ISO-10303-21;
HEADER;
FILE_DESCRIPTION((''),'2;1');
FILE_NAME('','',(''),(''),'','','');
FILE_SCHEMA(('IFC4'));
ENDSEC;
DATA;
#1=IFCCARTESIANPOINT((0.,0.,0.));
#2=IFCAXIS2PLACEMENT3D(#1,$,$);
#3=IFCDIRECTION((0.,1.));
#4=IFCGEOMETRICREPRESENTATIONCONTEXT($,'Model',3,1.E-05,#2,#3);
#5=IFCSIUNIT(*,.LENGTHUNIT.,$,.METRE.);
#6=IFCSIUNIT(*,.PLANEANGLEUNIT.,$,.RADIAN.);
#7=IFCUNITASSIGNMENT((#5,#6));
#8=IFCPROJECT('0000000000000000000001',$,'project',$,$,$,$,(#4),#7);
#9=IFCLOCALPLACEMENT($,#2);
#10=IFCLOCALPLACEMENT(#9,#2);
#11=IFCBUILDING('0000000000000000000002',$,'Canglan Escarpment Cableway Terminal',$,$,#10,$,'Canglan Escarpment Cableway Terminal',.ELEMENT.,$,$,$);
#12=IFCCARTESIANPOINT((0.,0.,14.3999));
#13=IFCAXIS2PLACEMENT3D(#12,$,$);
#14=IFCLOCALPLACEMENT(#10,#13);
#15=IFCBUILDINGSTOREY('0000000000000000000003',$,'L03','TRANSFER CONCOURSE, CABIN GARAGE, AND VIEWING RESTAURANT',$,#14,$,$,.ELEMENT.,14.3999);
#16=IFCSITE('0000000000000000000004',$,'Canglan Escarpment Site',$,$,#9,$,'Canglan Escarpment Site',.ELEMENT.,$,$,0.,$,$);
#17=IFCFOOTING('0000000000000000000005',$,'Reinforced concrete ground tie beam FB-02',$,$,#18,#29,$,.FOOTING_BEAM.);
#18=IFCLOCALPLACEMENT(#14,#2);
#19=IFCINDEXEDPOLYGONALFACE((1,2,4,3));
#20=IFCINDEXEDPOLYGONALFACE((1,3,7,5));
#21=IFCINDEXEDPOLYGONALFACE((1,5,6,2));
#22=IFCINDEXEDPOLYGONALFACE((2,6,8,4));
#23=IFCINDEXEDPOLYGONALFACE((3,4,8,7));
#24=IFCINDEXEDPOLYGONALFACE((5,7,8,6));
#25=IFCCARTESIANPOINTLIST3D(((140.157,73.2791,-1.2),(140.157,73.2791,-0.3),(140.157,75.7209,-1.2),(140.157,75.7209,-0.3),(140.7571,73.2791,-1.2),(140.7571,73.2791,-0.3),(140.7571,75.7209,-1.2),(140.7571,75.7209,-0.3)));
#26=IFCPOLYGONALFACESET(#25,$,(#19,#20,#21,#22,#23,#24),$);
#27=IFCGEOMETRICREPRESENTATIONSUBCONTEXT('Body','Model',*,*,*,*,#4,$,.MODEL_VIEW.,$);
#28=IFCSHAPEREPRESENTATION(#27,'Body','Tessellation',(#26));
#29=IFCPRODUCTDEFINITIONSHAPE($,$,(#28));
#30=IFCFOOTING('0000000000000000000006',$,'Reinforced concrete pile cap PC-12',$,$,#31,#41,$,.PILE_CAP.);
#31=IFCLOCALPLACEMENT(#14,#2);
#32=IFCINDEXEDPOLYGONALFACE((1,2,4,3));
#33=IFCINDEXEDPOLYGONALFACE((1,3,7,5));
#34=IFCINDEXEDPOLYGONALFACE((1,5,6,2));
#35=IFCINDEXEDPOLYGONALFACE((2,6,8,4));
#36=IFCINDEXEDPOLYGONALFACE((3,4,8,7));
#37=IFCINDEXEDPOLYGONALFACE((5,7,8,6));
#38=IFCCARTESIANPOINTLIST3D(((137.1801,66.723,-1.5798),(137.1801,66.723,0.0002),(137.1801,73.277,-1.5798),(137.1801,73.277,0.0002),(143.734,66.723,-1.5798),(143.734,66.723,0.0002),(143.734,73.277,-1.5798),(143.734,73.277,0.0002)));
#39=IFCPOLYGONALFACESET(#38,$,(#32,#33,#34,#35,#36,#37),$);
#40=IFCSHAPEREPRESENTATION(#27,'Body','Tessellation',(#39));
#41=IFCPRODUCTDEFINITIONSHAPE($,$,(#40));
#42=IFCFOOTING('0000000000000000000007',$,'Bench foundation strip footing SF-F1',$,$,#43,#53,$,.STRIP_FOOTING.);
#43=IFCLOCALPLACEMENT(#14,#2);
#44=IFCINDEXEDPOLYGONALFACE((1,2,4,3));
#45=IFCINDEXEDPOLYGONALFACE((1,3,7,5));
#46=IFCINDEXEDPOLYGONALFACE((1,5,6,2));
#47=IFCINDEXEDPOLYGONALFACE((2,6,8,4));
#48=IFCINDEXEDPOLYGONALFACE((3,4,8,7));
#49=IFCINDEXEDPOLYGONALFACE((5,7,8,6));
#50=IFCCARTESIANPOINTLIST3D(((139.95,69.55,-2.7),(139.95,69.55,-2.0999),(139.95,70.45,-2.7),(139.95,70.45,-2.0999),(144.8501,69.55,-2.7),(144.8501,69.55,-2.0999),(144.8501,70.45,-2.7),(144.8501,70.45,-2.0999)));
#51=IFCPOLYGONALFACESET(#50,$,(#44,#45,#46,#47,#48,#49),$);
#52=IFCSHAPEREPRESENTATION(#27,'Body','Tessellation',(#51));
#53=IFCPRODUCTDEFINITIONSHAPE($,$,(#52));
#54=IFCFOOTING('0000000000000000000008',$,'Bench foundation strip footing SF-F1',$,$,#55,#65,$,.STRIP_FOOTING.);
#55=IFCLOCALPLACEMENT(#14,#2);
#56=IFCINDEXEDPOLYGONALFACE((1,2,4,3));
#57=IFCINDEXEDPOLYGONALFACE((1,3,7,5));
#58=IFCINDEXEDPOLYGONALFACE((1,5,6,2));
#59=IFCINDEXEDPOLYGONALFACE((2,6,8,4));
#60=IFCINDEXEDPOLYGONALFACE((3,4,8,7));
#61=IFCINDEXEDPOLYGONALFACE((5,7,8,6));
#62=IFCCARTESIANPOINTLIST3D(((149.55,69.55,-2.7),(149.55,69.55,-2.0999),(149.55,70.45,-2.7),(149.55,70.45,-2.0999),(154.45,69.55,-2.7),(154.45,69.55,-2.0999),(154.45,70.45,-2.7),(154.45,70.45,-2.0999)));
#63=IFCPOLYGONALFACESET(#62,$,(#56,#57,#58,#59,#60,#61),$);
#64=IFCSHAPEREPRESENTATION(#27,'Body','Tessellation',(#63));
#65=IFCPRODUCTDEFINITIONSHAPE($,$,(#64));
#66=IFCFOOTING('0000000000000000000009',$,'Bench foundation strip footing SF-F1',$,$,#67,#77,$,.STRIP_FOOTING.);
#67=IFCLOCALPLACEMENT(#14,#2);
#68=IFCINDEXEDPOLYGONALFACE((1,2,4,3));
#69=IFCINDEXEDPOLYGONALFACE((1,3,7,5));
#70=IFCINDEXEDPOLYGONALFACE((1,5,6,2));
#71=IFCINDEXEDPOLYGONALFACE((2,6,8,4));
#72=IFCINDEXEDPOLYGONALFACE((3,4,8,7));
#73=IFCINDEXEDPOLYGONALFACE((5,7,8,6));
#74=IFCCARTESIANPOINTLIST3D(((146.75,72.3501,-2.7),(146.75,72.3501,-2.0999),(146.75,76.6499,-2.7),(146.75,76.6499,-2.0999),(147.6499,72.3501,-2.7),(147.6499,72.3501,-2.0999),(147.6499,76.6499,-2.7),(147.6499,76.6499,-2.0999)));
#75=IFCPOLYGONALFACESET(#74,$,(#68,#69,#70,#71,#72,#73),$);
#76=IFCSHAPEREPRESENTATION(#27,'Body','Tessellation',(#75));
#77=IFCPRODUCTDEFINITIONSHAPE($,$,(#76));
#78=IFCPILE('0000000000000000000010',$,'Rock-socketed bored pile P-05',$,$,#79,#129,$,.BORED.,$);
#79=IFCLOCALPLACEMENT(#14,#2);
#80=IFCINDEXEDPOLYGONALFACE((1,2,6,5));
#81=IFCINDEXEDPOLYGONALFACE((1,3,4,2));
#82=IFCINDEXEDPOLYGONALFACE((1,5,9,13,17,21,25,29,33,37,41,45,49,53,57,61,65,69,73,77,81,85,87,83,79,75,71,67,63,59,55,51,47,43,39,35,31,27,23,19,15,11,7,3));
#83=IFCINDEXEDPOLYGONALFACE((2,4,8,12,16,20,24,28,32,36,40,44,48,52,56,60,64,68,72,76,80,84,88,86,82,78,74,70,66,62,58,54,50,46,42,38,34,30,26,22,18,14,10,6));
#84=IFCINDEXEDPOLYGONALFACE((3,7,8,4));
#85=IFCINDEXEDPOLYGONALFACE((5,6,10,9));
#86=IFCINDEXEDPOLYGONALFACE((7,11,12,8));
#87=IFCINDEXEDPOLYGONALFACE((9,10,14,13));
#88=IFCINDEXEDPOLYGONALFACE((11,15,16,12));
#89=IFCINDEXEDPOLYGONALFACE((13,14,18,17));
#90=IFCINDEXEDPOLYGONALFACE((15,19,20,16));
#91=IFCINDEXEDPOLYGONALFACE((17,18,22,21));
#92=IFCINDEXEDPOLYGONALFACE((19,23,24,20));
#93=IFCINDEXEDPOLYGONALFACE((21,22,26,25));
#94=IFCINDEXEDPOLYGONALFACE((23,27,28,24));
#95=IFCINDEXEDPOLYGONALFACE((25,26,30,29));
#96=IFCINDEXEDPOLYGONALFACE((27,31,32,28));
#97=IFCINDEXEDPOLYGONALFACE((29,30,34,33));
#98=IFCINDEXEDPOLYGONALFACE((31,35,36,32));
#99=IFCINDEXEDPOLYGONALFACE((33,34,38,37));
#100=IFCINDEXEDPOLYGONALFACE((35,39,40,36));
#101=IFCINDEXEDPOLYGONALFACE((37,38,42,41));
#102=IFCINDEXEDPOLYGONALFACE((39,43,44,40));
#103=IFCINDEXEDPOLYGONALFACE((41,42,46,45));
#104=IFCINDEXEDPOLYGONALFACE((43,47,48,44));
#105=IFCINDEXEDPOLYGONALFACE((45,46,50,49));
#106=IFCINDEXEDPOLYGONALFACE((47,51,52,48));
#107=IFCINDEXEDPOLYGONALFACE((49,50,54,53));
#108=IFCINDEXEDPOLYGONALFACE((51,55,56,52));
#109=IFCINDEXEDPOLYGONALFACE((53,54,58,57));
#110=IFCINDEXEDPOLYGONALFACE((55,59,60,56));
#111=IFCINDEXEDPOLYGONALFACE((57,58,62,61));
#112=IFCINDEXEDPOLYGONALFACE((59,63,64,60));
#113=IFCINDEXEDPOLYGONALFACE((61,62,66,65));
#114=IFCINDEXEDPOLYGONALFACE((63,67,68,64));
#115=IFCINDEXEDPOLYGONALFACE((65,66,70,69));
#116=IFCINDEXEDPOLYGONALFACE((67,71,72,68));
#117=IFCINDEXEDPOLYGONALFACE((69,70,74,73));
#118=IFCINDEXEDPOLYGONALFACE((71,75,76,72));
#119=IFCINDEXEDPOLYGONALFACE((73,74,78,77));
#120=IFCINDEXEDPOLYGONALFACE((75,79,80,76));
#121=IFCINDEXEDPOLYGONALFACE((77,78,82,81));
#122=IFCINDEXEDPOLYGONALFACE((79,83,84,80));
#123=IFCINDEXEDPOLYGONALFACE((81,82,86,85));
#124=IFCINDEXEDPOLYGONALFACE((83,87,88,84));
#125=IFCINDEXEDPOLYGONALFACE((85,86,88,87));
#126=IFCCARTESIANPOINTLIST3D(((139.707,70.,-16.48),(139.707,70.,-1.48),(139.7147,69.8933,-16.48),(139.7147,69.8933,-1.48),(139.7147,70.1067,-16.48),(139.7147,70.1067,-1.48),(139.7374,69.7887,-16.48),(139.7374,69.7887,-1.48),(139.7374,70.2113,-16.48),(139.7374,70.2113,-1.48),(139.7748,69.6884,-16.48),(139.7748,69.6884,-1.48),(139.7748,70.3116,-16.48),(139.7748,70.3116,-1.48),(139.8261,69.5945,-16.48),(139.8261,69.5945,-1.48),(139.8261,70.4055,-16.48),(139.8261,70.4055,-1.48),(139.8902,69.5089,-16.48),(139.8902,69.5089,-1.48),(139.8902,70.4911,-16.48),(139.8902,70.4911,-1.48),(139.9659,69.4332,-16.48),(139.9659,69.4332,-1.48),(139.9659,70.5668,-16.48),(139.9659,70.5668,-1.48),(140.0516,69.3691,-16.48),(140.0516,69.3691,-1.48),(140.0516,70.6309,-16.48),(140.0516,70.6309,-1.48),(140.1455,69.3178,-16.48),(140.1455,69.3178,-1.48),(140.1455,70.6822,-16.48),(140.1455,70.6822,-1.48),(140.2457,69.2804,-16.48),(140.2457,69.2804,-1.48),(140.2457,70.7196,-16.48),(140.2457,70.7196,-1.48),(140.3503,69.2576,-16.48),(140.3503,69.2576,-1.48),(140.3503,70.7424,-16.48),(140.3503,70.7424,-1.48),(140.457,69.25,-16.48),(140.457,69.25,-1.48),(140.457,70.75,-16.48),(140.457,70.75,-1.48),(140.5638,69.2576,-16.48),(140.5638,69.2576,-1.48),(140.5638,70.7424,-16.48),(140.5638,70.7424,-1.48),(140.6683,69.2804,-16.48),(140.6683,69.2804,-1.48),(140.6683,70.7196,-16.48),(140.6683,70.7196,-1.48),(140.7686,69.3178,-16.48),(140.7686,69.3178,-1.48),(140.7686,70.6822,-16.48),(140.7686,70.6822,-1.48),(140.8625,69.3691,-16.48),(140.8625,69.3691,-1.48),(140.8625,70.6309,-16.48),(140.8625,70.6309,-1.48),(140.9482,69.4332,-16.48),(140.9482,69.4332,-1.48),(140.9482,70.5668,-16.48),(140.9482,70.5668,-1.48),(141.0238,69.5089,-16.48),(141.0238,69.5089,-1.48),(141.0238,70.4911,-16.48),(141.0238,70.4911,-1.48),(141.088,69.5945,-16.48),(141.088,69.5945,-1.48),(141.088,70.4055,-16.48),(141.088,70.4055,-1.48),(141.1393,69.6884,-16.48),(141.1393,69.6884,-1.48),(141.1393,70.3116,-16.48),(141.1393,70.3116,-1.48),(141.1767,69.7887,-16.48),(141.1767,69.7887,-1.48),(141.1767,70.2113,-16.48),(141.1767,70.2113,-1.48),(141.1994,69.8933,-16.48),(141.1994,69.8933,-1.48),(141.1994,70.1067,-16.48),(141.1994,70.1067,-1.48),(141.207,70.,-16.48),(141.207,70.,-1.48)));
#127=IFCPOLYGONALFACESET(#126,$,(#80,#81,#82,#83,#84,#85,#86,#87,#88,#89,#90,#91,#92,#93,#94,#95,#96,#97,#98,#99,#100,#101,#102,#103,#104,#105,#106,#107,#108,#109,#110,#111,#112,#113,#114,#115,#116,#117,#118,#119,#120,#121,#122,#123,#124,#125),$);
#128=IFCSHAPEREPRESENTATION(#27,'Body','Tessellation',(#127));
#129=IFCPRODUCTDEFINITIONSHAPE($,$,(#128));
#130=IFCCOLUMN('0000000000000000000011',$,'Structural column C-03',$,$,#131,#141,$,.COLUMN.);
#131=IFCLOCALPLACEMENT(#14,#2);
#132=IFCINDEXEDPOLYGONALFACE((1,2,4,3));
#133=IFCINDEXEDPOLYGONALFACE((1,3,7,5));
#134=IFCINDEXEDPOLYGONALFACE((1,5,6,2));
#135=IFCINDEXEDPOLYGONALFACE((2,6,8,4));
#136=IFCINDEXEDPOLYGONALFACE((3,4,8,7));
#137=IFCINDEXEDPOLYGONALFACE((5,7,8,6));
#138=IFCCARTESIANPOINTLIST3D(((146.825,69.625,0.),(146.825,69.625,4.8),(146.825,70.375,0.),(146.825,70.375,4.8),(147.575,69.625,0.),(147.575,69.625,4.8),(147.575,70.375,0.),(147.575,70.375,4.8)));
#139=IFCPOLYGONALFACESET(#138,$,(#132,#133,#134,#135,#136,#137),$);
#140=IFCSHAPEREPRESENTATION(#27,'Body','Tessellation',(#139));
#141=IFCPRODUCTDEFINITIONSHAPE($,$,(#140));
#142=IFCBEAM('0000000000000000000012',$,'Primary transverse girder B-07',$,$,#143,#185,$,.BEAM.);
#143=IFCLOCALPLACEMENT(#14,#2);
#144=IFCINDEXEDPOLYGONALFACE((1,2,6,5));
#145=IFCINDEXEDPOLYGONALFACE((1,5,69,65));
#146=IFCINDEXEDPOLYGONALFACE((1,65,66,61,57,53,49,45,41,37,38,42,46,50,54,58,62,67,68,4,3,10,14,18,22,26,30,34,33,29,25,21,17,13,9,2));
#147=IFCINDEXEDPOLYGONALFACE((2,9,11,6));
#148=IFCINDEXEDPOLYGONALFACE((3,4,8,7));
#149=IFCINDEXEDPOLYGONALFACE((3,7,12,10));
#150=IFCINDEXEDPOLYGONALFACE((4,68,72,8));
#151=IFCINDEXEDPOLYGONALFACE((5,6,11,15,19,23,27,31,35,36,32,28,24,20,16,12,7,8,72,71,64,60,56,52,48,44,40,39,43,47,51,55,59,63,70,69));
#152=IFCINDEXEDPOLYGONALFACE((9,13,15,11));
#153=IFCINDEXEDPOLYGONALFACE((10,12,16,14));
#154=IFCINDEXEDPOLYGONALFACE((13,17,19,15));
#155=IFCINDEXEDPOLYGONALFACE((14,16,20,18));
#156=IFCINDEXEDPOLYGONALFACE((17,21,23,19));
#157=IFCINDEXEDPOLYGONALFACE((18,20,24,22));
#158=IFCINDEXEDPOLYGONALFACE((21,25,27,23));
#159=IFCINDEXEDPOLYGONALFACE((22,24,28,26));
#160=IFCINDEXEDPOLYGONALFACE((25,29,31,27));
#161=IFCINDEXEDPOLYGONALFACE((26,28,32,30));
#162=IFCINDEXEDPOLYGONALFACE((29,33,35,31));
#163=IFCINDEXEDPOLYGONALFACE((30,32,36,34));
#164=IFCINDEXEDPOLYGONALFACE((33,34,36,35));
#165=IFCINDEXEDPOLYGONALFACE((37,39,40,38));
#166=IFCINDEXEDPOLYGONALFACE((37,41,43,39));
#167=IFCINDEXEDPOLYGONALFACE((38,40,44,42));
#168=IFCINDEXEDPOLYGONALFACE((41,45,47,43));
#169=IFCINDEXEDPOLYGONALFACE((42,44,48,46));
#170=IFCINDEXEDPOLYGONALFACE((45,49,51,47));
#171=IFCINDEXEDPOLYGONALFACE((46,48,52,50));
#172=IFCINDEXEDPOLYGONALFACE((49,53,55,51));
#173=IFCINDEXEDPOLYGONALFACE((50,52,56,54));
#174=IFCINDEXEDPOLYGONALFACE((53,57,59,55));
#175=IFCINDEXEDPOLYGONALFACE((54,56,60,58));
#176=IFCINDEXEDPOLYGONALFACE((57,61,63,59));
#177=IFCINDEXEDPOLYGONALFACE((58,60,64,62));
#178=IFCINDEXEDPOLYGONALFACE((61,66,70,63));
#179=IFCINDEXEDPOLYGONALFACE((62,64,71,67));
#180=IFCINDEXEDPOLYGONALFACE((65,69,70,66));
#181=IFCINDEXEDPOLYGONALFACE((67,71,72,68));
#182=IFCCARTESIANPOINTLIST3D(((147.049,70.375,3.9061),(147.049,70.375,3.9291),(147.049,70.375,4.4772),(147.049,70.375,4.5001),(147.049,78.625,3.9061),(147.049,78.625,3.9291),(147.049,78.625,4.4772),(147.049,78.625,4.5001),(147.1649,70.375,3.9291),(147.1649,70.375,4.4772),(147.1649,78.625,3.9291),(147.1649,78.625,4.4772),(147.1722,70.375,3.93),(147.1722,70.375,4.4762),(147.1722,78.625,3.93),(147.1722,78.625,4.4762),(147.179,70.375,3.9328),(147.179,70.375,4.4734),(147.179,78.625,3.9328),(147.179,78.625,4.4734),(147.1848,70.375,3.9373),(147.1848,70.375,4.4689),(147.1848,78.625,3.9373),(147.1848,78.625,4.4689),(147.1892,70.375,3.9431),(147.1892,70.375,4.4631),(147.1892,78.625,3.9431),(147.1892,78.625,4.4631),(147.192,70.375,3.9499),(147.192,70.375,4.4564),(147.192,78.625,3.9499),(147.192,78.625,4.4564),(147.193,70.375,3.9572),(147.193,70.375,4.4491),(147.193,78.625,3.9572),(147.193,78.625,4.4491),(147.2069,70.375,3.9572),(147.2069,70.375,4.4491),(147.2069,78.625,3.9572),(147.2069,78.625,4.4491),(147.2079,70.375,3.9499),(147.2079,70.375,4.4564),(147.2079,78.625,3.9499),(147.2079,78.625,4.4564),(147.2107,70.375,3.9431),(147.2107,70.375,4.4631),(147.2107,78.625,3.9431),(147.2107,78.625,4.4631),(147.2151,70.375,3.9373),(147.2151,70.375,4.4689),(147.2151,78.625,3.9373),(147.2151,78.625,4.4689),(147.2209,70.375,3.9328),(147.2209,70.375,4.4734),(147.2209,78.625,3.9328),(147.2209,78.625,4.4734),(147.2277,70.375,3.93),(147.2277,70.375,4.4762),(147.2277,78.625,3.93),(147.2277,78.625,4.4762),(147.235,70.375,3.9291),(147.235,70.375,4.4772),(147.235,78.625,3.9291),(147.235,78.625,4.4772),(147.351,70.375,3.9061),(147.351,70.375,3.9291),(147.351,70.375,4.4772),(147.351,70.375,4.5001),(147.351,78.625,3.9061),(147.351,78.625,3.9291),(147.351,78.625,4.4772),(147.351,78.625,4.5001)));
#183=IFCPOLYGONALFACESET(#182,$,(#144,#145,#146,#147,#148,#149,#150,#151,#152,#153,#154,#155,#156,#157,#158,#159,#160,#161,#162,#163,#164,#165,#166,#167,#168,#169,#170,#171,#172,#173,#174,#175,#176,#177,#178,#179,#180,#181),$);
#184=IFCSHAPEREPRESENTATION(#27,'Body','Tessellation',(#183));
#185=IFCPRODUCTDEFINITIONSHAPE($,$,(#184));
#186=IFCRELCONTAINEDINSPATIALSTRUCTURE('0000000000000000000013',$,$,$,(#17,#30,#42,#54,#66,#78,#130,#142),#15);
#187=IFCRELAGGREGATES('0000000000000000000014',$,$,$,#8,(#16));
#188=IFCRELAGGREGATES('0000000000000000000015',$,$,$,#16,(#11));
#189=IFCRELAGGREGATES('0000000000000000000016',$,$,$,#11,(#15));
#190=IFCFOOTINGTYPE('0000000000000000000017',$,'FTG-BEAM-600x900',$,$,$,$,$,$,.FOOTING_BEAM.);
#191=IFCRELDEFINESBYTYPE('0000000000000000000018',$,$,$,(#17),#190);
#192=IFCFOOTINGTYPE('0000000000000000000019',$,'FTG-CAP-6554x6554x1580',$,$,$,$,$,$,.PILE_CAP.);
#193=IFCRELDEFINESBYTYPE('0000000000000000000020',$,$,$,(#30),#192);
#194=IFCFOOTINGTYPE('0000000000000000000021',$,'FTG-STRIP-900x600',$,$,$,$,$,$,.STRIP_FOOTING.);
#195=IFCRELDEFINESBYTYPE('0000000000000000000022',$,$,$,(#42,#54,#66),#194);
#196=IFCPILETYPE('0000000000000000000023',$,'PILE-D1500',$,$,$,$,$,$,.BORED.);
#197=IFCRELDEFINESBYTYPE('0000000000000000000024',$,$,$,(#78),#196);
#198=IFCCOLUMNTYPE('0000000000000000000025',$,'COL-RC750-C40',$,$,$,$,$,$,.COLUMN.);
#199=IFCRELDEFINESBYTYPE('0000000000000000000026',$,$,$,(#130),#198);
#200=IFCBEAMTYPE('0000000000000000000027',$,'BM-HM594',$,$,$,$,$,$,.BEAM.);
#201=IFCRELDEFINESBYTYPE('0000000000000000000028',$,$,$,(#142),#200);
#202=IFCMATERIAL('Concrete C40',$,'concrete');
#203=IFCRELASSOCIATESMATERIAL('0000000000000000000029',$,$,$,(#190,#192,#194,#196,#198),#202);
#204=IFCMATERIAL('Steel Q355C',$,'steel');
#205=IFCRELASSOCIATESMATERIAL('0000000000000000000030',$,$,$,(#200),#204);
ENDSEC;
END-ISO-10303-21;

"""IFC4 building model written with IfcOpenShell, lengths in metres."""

from ifc_helpers import new_model, si_unit, direction, frame, origin, origin_2d, place, context, subcontext, project, spatial, rectangle, circle, i_section, extrude, material, material_profile, profile_set, type_object, element, save


model = new_model("IFC4")

# Units and contexts
model_context = context("Model", 3, precision=1e-05, world=origin(), true_north=direction((0.0, 1.0)))
body_context = subcontext(model_context, "Body", "Model", "MODEL_VIEW")
ifc_project = project(units=[si_unit("LENGTHUNIT", "METRE"), si_unit("PLANEANGLEUNIT", "RADIAN")], contexts=[model_context])

# Site, building, storey
site_placement = place(None, origin())
site = spatial("IfcSite", under=ifc_project, at=site_placement, Name="Canglan Escarpment Site", LongName="Canglan Escarpment Site", CompositionType="ELEMENT", RefElevation=0.0)
building_placement = place(site_placement, origin())
building = spatial("IfcBuilding", under=site, at=building_placement, Name="Canglan Escarpment Cableway Terminal", LongName="Canglan Escarpment Cableway Terminal", CompositionType="ELEMENT")
storey_placement = place(building_placement, frame((0.0, 0.0, 14.3999)))
storey = spatial("IfcBuildingStorey", under=building, at=storey_placement, Name="L03", Description="TRANSFER CONCOURSE, CABIN GARAGE, AND VIEWING RESTAURANT", CompositionType="ELEMENT", Elevation=14.3999)

# Footings
ifc_material_1 = material(Name="Concrete C40", Category="concrete")
ifc_material_profile_1 = material_profile(ifc_material_1, rectangle(XDim=0.6001, YDim=0.8999, at=origin_2d()), Name="FB 600x900")
ifc_profile_set_1 = profile_set([ifc_material_profile_1], Name="Concrete C40")
footing_type_1 = type_object("IfcFootingType", Name="FTG-BEAM-600x900", PredefinedType="FOOTING_BEAM", material=ifc_profile_set_1)
footing_1_placement = place(storey_placement, frame((140.457, 73.2791, -0.75), z_axis=(0.0, 1.0, 0.0), x_axis=(-1.0, 0.0, 0.0)))
element("IfcFooting", 1, at=footing_1_placement, inside=storey, type_object=footing_type_1, Name="Reinforced concrete ground tie beam FB-02", PredefinedType="FOOTING_BEAM", context=body_context, shape_type="SweptSolid", body=[
    extrude(rectangle(XDim=0.6001, YDim=0.8999, at=origin_2d()), origin(), (0.0, 0.0, 1.0), 2.4419),
])
footing_type_2 = type_object("IfcFootingType", Name="FTG-CAP-6554x6554x1580", PredefinedType="PILE_CAP", material=ifc_material_1)
footing_2_placement = place(storey_placement, frame((140.457, 70.0, -1.5798), z_axis=(0.0, 0.0, 1.0), x_axis=(1.0, 0.0, 0.0)))
element("IfcFooting", 2, at=footing_2_placement, inside=storey, type_object=footing_type_2, Name="Reinforced concrete pile cap PC-12", PredefinedType="PILE_CAP", context=body_context, shape_type="SweptSolid", body=[
    extrude(rectangle(XDim=6.554, YDim=6.554, at=origin_2d()), origin(), (0.0, 0.0, 1.0), 1.5801),
])
ifc_material_profile_2 = material_profile(ifc_material_1, rectangle(XDim=0.8999, YDim=0.6001, at=origin_2d()), Name="SF 900x600")
ifc_profile_set_2 = profile_set([ifc_material_profile_2], Name="Concrete C40")
footing_type_3 = type_object("IfcFootingType", Name="FTG-STRIP-900x600", PredefinedType="STRIP_FOOTING", material=ifc_profile_set_2)
footing_3_placement = place(storey_placement, frame((139.95, 70.0, -2.3999), z_axis=(1.0, 0.0, 0.0), x_axis=(0.0, 1.0, 0.0)))
element("IfcFooting", 3, at=footing_3_placement, inside=storey, type_object=footing_type_3, Name="Bench foundation strip footing SF-F1", PredefinedType="STRIP_FOOTING", context=body_context, shape_type="SweptSolid", body=[
    extrude(rectangle(XDim=0.8999, YDim=0.6001, at=origin_2d()), origin(), (0.0, 0.0, 1.0), 4.9001),
])
footing_4_placement = place(storey_placement, frame((149.55, 70.0, -2.3999), z_axis=(1.0, 0.0, 0.0), x_axis=(0.0, 1.0, 0.0)))
element("IfcFooting", 4, at=footing_4_placement, inside=storey, type_object=footing_type_3, Name="Bench foundation strip footing SF-F1", PredefinedType="STRIP_FOOTING", context=body_context, shape_type="SweptSolid", body=[
    extrude(rectangle(XDim=0.8999, YDim=0.6001, at=origin_2d()), origin(), (0.0, 0.0, 1.0), 4.8999),
])
footing_5_placement = place(storey_placement, frame((147.2, 72.3501, -2.3999), z_axis=(0.0, 1.0, 0.0), x_axis=(-1.0, 0.0, 0.0)))
element("IfcFooting", 5, at=footing_5_placement, inside=storey, type_object=footing_type_3, Name="Bench foundation strip footing SF-F1", PredefinedType="STRIP_FOOTING", context=body_context, shape_type="SweptSolid", body=[
    extrude(rectangle(XDim=0.8999, YDim=0.6001, at=origin_2d()), origin(), (0.0, 0.0, 1.0), 4.2998),
])

# Pile
ifc_material_profile_3 = material_profile(ifc_material_1, circle(Radius=0.75, at=origin_2d()), Name="BORED PILE D1500")
ifc_profile_set_3 = profile_set([ifc_material_profile_3], Name="Concrete C40")
pile_type = type_object("IfcPileType", Name="PILE-D1500", PredefinedType="BORED", material=ifc_profile_set_3)
pile_placement = place(storey_placement, frame((140.457, 70.0, -1.48), z_axis=(0.0, 0.0, -1.0), x_axis=(1.0, 0.0, 0.0)))
element("IfcPile", 6, at=pile_placement, inside=storey, type_object=pile_type, Name="Rock-socketed bored pile P-05", PredefinedType="BORED", context=body_context, shape_type="SweptSolid", body=[
    extrude(circle(Radius=0.75, at=origin_2d()), origin(), (0.0, 0.0, 1.0), 15.0),
])

# Column
ifc_material_profile_4 = material_profile(ifc_material_1, rectangle(XDim=0.75, YDim=0.75, at=origin_2d()), Name="RC 750x750")
ifc_profile_set_4 = profile_set([ifc_material_profile_4], Name="Concrete C40")
column_type = type_object("IfcColumnType", Name="COL-RC750-C40", PredefinedType="COLUMN", material=ifc_profile_set_4)
column_placement = place(storey_placement, frame((147.2, 70.0, 0.0), z_axis=(0.0, 0.0, 1.0), x_axis=(1.0, 0.0, 0.0)))
element("IfcColumn", 7, at=column_placement, inside=storey, type_object=column_type, Name="Structural column C-03", PredefinedType="COLUMN", context=body_context, shape_type="SweptSolid", body=[
    extrude(rectangle(XDim=0.75, YDim=0.75, at=origin_2d()), origin(), (0.0, 0.0, 1.0), 4.8),
])

# Beam
ifc_material_2 = material(Name="Steel Q355C", Category="steel")
ifc_material_profile_5 = material_profile(ifc_material_2, i_section(OverallWidth=0.302, OverallDepth=0.594, WebThickness=0.0139, FlangeThickness=0.0229, FilletRadius=0.0281, at=origin_2d()), Name="HM 594x302x14x23")
ifc_profile_set_5 = profile_set([ifc_material_profile_5], Name="Steel Q355C")
beam_type_1 = type_object("IfcBeamType", Name="BM-HM594", PredefinedType="BEAM", material=ifc_profile_set_5)
beam_1_placement = place(storey_placement, frame((147.2, 70.375, 4.2031), z_axis=(0.0, 1.0, 0.0), x_axis=(-1.0, 0.0, 0.0)))
element("IfcBeam", 8, at=beam_1_placement, inside=storey, type_object=beam_type_1, Name="Primary transverse girder B-07", PredefinedType="BEAM", context=body_context, shape_type="SweptSolid", body=[
    extrude(i_section(OverallWidth=0.302, OverallDepth=0.594, WebThickness=0.0139, FlangeThickness=0.0229, FilletRadius=0.0281, at=origin_2d()), origin(), (0.0, 0.0, 1.0), 8.25),
])

save(model, "model.ifc")
